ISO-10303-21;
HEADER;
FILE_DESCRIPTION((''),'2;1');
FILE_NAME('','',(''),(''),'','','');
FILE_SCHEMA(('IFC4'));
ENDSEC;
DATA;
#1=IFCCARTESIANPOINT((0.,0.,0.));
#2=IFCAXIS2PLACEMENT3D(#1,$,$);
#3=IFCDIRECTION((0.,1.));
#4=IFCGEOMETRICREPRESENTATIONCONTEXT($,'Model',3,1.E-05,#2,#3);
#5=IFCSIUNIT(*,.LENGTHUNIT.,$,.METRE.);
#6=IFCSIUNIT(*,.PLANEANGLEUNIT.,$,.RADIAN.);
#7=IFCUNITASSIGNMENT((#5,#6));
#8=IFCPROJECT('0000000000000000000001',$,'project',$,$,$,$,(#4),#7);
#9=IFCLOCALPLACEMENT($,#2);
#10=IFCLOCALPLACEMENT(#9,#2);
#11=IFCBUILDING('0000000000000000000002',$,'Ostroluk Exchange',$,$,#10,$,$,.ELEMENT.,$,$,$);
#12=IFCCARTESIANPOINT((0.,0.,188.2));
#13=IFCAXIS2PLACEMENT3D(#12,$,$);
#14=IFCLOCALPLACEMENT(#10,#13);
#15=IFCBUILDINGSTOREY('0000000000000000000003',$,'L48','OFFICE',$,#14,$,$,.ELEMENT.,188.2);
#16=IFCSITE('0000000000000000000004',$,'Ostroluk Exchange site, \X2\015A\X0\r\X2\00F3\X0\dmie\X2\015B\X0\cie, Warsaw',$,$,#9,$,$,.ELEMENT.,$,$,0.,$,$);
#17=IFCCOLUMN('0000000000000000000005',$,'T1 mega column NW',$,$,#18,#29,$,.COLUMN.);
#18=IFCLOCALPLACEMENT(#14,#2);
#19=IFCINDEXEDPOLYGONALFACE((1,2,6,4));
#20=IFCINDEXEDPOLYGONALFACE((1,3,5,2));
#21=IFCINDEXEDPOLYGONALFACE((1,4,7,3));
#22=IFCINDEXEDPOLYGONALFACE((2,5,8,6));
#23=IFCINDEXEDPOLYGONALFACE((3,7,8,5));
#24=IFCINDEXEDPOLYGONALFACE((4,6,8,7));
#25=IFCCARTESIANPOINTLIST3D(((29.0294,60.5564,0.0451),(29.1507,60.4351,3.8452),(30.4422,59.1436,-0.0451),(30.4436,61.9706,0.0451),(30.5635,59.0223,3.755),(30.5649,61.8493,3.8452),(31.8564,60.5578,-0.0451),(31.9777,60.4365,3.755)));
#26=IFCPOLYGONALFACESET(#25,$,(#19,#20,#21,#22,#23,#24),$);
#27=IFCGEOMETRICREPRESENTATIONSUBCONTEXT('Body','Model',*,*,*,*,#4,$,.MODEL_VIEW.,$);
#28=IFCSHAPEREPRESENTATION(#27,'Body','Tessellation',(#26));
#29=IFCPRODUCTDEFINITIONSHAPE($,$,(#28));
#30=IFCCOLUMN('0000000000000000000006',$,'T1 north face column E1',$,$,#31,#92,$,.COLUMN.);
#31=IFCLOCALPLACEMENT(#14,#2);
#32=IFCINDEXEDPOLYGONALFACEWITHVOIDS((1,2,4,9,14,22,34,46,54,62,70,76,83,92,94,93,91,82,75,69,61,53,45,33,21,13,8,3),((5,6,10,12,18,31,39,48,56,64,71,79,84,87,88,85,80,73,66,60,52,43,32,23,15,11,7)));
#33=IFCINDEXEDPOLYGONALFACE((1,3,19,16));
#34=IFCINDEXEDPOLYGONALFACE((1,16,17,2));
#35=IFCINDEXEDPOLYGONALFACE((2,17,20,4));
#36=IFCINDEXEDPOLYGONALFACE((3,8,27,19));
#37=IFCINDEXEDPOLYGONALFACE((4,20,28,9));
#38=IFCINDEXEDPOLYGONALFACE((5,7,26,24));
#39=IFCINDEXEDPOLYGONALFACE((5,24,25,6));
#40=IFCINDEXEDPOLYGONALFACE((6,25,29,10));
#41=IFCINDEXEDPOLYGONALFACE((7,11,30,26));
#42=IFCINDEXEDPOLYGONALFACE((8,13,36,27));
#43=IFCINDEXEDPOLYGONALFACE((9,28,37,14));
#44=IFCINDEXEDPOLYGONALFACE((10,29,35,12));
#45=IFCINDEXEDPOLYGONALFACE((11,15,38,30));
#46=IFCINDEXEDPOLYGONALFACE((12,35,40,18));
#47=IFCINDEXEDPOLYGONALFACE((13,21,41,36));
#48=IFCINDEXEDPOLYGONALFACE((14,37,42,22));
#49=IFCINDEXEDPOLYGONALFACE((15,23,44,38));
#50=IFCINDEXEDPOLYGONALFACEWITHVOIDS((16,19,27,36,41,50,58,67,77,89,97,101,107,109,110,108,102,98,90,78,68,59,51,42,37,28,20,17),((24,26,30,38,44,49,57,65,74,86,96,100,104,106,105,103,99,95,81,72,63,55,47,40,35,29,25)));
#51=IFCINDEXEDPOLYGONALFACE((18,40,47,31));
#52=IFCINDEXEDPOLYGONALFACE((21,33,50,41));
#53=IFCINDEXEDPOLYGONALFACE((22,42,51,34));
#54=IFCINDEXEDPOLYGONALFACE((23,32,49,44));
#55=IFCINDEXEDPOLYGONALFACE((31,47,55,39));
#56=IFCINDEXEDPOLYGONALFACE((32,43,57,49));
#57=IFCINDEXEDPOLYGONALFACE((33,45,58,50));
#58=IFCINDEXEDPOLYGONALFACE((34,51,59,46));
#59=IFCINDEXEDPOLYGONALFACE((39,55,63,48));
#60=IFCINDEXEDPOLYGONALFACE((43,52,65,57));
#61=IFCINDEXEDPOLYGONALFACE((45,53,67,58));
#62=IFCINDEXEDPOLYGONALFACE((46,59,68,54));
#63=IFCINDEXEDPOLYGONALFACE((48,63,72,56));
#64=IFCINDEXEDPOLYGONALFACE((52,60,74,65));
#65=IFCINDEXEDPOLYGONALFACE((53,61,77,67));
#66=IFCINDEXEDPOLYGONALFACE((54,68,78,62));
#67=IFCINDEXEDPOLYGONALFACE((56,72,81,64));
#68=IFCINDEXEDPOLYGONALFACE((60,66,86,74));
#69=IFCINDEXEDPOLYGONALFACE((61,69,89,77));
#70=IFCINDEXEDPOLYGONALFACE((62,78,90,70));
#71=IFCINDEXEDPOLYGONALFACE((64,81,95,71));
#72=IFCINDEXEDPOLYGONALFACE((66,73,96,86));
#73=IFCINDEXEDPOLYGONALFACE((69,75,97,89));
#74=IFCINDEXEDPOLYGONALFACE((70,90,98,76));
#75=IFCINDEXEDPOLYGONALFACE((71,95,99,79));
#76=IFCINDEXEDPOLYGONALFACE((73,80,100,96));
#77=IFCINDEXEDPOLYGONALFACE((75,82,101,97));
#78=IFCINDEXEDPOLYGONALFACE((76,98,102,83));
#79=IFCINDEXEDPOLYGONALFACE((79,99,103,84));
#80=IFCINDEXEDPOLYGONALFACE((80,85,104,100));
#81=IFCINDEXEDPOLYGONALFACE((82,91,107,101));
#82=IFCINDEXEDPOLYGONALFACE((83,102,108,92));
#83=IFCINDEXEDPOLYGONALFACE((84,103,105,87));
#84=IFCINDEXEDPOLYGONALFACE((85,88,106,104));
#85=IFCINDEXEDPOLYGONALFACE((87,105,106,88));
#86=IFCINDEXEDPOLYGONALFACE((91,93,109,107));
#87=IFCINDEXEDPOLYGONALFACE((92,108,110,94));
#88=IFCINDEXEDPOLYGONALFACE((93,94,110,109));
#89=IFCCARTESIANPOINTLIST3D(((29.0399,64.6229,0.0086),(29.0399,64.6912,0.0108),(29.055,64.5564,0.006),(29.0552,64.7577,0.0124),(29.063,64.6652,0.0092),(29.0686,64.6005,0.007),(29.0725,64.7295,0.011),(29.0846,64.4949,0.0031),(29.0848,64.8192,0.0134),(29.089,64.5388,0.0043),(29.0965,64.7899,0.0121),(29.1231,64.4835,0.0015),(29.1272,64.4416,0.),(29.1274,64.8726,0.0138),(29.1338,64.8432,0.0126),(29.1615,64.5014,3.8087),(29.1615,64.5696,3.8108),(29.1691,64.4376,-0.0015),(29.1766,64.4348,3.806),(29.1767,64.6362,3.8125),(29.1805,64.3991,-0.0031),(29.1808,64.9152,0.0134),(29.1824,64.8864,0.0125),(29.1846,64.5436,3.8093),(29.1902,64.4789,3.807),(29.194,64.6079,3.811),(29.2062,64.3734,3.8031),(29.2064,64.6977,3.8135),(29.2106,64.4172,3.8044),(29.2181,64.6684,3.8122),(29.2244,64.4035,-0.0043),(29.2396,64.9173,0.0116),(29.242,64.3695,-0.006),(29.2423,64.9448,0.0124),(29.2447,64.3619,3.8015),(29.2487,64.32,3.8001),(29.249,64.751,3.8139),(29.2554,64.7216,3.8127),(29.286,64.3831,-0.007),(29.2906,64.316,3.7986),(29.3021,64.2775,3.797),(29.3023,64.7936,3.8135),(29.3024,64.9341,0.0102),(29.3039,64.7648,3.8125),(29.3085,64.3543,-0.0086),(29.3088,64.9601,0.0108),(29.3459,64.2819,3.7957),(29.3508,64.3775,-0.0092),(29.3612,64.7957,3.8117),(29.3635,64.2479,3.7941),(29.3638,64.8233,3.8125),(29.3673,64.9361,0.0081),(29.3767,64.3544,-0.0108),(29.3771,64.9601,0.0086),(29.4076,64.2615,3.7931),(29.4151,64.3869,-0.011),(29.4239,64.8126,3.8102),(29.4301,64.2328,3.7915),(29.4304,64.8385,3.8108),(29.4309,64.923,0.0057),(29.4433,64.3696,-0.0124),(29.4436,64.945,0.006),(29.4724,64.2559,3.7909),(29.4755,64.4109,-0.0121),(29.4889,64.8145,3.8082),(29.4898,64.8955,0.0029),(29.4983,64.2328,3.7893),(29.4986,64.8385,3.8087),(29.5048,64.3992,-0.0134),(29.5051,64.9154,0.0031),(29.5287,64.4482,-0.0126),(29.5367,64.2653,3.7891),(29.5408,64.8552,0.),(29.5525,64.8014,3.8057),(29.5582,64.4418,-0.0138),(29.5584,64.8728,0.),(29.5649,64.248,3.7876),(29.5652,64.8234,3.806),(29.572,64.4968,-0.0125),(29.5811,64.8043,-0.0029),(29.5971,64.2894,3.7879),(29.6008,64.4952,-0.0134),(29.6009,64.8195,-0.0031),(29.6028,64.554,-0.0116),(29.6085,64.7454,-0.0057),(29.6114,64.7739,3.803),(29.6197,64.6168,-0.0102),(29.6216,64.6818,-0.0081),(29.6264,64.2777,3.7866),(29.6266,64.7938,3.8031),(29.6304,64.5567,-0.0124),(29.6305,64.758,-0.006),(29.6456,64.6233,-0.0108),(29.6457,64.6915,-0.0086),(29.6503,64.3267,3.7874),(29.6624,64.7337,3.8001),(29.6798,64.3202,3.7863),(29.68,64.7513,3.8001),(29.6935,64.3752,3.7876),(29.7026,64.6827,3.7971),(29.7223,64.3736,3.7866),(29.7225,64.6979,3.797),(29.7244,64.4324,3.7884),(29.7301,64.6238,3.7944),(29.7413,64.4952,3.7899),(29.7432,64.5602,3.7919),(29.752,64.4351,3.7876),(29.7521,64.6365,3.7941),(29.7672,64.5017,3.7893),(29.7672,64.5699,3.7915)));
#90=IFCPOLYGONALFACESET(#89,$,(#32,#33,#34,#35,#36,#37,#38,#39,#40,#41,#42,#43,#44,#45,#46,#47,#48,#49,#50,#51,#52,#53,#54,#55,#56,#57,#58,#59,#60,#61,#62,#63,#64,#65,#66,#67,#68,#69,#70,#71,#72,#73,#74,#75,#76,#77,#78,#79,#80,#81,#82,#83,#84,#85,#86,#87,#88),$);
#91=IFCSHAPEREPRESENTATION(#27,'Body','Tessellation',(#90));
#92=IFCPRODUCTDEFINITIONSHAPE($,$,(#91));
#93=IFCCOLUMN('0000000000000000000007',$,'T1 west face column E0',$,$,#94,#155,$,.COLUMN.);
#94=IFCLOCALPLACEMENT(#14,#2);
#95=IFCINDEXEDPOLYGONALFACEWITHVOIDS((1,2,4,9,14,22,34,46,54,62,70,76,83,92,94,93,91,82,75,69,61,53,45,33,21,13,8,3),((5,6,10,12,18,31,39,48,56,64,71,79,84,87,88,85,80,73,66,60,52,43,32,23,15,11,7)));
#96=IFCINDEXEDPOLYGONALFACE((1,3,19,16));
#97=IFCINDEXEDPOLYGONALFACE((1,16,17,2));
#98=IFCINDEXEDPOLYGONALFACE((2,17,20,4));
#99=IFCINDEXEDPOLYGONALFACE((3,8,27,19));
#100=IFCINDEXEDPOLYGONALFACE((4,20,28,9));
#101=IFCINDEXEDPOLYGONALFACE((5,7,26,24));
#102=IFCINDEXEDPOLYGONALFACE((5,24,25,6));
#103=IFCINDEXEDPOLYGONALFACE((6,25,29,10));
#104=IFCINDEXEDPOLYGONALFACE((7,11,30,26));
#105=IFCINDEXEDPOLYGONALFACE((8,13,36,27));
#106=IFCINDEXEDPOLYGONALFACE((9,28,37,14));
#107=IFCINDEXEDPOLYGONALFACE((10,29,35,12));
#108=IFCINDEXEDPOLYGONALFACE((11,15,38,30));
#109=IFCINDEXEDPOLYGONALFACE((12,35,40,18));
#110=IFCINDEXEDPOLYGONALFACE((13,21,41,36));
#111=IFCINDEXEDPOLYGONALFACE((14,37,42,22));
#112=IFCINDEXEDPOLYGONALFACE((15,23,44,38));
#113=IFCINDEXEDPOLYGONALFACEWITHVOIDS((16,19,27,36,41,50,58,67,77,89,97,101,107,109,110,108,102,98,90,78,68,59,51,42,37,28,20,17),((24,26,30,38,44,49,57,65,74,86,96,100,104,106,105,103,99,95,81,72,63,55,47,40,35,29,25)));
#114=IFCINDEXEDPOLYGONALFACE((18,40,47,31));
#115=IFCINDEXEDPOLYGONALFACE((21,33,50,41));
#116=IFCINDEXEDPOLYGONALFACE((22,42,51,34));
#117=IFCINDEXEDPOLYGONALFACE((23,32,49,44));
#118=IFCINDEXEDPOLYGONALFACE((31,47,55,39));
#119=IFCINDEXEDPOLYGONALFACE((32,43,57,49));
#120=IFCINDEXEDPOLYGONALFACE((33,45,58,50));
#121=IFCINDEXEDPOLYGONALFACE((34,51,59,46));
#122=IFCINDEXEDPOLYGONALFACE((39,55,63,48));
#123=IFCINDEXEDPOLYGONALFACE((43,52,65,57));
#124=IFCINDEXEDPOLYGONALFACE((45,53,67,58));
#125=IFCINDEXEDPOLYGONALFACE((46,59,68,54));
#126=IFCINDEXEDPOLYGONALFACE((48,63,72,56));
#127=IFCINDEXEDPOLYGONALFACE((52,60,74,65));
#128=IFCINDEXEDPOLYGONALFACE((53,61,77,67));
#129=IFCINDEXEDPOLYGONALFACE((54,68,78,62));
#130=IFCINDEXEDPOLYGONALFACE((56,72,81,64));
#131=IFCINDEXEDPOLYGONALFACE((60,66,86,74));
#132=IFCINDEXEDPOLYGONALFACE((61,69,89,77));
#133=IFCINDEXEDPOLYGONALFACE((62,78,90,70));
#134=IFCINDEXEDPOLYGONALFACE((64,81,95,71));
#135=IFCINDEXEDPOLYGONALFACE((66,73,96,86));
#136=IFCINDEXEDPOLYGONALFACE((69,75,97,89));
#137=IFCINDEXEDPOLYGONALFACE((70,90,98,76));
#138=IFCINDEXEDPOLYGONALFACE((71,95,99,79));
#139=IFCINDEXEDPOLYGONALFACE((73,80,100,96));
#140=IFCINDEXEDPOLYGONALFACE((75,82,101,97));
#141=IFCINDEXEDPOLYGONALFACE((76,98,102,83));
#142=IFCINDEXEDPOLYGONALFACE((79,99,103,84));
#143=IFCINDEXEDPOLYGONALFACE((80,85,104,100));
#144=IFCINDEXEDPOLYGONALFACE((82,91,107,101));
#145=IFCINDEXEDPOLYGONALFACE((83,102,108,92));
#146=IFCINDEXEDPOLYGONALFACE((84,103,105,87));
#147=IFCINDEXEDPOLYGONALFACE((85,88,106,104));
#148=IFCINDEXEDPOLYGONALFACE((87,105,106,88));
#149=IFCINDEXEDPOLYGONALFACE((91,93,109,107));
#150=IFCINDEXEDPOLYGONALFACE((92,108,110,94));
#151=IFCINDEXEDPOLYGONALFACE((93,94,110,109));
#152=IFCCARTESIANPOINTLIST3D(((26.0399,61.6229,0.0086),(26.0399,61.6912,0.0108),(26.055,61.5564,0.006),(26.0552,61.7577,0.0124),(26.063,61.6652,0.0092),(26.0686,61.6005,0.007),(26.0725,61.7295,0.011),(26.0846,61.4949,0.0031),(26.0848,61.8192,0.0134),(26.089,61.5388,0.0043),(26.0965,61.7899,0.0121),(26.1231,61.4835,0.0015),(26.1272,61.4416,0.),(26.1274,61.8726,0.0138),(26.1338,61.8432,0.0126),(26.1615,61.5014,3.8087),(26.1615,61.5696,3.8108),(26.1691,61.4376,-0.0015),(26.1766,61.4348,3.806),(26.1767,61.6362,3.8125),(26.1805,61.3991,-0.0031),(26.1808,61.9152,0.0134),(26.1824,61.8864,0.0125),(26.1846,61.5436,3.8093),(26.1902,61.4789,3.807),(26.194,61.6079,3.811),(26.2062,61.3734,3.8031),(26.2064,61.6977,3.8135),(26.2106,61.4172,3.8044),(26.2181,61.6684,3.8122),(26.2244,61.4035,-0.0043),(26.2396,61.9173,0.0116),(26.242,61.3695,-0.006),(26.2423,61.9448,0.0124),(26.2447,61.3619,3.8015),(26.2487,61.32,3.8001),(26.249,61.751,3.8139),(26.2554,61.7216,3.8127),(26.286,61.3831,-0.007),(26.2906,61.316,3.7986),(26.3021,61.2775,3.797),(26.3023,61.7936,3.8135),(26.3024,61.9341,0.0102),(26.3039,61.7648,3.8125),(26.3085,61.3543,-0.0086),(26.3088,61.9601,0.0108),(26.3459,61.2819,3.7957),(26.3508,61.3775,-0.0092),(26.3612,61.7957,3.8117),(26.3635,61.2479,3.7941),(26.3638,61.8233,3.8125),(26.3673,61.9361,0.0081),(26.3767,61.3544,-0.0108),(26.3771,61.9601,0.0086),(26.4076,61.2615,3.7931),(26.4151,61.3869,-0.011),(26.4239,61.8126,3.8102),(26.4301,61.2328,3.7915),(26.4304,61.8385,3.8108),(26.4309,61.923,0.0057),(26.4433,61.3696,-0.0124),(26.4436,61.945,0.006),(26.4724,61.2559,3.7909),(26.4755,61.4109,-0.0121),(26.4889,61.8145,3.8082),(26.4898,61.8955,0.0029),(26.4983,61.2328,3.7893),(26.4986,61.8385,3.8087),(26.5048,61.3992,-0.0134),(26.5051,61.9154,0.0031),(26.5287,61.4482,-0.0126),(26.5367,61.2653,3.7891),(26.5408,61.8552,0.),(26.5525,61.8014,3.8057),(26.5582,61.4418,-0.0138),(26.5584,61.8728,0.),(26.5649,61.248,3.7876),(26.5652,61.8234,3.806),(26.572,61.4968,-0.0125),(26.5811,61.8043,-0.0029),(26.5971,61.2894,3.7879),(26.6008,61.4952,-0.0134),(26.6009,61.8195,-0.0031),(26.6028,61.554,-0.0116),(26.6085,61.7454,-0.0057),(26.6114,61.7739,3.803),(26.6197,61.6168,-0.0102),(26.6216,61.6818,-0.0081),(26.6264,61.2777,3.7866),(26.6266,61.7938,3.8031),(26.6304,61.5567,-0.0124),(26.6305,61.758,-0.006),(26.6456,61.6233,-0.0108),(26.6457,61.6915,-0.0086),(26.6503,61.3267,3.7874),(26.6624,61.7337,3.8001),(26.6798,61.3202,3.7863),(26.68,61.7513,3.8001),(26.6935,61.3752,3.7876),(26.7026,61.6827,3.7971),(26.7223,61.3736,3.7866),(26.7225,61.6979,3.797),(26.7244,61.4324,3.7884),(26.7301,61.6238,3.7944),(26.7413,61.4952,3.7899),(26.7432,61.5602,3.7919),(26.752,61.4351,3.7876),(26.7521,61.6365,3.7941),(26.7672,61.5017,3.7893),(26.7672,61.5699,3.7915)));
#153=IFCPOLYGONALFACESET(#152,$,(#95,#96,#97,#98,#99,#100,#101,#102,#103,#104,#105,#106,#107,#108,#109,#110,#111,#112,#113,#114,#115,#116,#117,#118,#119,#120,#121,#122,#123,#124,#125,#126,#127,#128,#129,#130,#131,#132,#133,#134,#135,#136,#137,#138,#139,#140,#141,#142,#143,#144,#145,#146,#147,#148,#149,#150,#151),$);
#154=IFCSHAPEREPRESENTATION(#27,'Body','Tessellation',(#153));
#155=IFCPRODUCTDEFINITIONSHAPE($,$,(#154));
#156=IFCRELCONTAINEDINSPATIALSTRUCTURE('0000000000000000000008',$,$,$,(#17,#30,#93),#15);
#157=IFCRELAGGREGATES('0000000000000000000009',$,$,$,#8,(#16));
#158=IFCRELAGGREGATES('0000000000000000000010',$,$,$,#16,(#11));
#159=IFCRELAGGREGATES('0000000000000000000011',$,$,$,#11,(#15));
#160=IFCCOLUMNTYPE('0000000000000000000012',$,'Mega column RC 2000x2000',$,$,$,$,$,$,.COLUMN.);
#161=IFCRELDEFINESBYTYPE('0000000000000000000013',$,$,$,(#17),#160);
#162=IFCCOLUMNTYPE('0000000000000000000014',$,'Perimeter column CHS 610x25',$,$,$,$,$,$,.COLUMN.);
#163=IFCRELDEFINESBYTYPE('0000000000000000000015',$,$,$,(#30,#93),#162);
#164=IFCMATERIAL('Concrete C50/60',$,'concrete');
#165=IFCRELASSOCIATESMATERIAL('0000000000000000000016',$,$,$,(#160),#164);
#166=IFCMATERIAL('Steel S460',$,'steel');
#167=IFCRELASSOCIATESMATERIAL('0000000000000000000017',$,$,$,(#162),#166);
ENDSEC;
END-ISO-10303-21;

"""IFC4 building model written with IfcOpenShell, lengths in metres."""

from ifc_helpers import new_model, si_unit, direction, frame, origin, origin_2d, place, context, subcontext, project, spatial, rectangle, hollow_circle, extrude, material, material_profile, profile_set, type_object, element, save


model = new_model("IFC4")

# Units and contexts
model_context = context("Model", 3, precision=1e-05, world=origin(), true_north=direction((0.0, 1.0)))
body_context = subcontext(model_context, "Body", "Model", "MODEL_VIEW")
ifc_project = project(units=[si_unit("LENGTHUNIT", "METRE"), si_unit("PLANEANGLEUNIT", "RADIAN")], contexts=[model_context])

# Site, building, storey
site_placement = place(None, origin())
site = spatial("IfcSite", under=ifc_project, at=site_placement, Name="Ostroluk Exchange site, Śródmieście, Warsaw", CompositionType="ELEMENT", RefElevation=0.0)
building_placement = place(site_placement, origin())
building = spatial("IfcBuilding", under=site, at=building_placement, Name="Ostroluk Exchange", CompositionType="ELEMENT")
storey_placement = place(building_placement, frame((0.0, 0.0, 188.2)))
storey = spatial("IfcBuildingStorey", under=building, at=storey_placement, Name="L48", Description="OFFICE", CompositionType="ELEMENT", Elevation=188.2)

# Columns
ifc_material_1 = material(Name="Concrete C50/60", Category="concrete")
ifc_material_profile_1 = material_profile(ifc_material_1, rectangle(XDim=2.0, YDim=2.0, at=origin_2d()), Name="RC 2000x2000")
ifc_profile_set_1 = profile_set([ifc_material_profile_1], Name="Concrete C50/60")
column_type_1 = type_object("IfcColumnType", Name="Mega column RC 2000x2000", PredefinedType="COLUMN", material=ifc_profile_set_1)
column_1_placement = place(storey_placement, frame((30.4429, 60.5571, 0.0), z_axis=(0.031898, -0.031898, 0.998982), x_axis=(0.707107, 0.707107, 0.0)))
element("IfcColumn", 1, at=column_1_placement, inside=storey, type_object=column_type_1, Name="T1 mega column NW", PredefinedType="COLUMN", context=body_context, shape_type="SweptSolid", body=[
    extrude(rectangle(XDim=2.0, YDim=2.0, at=origin_2d()), origin(), (0.0, 0.0, 1.0), 3.804),
])
ifc_material_2 = material(Name="Steel S460", Category="steel")
ifc_material_profile_2 = material_profile(ifc_material_2, hollow_circle(Radius=0.3049, WallThickness=0.0249, at=origin_2d()), Name="CHS 610x25")
ifc_profile_set_2 = profile_set([ifc_material_profile_2], Name="Steel S460")
column_type_2 = type_object("IfcColumnType", Name="Perimeter column CHS 610x25", PredefinedType="COLUMN", material=ifc_profile_set_2)
for number, where, z_axis, x_axis, name in (
    (2, (29.3428, 64.6572, 0.0), (0.031962, -0.031962, 0.998978), (0.707107, 0.707107, 0.0), "T1 north face column E1"),
    (3, (26.3428, 61.6572, 0.0), (0.031962, -0.031962, 0.998978), (0.707107, 0.707107, 0.0), "T1 west face column E0"),
):
    element("IfcColumn", number, at=place(storey_placement, frame(where, z_axis=z_axis, x_axis=x_axis)), inside=storey, type_object=column_type_2, Name=name, PredefinedType="COLUMN", context=body_context, shape_type="SweptSolid", body=[
        extrude(hollow_circle(Radius=0.3049, WallThickness=0.0249, at=origin_2d()), origin(), (0.0, 0.0, 1.0), 3.804),
    ])

save(model, "model.ifc")
